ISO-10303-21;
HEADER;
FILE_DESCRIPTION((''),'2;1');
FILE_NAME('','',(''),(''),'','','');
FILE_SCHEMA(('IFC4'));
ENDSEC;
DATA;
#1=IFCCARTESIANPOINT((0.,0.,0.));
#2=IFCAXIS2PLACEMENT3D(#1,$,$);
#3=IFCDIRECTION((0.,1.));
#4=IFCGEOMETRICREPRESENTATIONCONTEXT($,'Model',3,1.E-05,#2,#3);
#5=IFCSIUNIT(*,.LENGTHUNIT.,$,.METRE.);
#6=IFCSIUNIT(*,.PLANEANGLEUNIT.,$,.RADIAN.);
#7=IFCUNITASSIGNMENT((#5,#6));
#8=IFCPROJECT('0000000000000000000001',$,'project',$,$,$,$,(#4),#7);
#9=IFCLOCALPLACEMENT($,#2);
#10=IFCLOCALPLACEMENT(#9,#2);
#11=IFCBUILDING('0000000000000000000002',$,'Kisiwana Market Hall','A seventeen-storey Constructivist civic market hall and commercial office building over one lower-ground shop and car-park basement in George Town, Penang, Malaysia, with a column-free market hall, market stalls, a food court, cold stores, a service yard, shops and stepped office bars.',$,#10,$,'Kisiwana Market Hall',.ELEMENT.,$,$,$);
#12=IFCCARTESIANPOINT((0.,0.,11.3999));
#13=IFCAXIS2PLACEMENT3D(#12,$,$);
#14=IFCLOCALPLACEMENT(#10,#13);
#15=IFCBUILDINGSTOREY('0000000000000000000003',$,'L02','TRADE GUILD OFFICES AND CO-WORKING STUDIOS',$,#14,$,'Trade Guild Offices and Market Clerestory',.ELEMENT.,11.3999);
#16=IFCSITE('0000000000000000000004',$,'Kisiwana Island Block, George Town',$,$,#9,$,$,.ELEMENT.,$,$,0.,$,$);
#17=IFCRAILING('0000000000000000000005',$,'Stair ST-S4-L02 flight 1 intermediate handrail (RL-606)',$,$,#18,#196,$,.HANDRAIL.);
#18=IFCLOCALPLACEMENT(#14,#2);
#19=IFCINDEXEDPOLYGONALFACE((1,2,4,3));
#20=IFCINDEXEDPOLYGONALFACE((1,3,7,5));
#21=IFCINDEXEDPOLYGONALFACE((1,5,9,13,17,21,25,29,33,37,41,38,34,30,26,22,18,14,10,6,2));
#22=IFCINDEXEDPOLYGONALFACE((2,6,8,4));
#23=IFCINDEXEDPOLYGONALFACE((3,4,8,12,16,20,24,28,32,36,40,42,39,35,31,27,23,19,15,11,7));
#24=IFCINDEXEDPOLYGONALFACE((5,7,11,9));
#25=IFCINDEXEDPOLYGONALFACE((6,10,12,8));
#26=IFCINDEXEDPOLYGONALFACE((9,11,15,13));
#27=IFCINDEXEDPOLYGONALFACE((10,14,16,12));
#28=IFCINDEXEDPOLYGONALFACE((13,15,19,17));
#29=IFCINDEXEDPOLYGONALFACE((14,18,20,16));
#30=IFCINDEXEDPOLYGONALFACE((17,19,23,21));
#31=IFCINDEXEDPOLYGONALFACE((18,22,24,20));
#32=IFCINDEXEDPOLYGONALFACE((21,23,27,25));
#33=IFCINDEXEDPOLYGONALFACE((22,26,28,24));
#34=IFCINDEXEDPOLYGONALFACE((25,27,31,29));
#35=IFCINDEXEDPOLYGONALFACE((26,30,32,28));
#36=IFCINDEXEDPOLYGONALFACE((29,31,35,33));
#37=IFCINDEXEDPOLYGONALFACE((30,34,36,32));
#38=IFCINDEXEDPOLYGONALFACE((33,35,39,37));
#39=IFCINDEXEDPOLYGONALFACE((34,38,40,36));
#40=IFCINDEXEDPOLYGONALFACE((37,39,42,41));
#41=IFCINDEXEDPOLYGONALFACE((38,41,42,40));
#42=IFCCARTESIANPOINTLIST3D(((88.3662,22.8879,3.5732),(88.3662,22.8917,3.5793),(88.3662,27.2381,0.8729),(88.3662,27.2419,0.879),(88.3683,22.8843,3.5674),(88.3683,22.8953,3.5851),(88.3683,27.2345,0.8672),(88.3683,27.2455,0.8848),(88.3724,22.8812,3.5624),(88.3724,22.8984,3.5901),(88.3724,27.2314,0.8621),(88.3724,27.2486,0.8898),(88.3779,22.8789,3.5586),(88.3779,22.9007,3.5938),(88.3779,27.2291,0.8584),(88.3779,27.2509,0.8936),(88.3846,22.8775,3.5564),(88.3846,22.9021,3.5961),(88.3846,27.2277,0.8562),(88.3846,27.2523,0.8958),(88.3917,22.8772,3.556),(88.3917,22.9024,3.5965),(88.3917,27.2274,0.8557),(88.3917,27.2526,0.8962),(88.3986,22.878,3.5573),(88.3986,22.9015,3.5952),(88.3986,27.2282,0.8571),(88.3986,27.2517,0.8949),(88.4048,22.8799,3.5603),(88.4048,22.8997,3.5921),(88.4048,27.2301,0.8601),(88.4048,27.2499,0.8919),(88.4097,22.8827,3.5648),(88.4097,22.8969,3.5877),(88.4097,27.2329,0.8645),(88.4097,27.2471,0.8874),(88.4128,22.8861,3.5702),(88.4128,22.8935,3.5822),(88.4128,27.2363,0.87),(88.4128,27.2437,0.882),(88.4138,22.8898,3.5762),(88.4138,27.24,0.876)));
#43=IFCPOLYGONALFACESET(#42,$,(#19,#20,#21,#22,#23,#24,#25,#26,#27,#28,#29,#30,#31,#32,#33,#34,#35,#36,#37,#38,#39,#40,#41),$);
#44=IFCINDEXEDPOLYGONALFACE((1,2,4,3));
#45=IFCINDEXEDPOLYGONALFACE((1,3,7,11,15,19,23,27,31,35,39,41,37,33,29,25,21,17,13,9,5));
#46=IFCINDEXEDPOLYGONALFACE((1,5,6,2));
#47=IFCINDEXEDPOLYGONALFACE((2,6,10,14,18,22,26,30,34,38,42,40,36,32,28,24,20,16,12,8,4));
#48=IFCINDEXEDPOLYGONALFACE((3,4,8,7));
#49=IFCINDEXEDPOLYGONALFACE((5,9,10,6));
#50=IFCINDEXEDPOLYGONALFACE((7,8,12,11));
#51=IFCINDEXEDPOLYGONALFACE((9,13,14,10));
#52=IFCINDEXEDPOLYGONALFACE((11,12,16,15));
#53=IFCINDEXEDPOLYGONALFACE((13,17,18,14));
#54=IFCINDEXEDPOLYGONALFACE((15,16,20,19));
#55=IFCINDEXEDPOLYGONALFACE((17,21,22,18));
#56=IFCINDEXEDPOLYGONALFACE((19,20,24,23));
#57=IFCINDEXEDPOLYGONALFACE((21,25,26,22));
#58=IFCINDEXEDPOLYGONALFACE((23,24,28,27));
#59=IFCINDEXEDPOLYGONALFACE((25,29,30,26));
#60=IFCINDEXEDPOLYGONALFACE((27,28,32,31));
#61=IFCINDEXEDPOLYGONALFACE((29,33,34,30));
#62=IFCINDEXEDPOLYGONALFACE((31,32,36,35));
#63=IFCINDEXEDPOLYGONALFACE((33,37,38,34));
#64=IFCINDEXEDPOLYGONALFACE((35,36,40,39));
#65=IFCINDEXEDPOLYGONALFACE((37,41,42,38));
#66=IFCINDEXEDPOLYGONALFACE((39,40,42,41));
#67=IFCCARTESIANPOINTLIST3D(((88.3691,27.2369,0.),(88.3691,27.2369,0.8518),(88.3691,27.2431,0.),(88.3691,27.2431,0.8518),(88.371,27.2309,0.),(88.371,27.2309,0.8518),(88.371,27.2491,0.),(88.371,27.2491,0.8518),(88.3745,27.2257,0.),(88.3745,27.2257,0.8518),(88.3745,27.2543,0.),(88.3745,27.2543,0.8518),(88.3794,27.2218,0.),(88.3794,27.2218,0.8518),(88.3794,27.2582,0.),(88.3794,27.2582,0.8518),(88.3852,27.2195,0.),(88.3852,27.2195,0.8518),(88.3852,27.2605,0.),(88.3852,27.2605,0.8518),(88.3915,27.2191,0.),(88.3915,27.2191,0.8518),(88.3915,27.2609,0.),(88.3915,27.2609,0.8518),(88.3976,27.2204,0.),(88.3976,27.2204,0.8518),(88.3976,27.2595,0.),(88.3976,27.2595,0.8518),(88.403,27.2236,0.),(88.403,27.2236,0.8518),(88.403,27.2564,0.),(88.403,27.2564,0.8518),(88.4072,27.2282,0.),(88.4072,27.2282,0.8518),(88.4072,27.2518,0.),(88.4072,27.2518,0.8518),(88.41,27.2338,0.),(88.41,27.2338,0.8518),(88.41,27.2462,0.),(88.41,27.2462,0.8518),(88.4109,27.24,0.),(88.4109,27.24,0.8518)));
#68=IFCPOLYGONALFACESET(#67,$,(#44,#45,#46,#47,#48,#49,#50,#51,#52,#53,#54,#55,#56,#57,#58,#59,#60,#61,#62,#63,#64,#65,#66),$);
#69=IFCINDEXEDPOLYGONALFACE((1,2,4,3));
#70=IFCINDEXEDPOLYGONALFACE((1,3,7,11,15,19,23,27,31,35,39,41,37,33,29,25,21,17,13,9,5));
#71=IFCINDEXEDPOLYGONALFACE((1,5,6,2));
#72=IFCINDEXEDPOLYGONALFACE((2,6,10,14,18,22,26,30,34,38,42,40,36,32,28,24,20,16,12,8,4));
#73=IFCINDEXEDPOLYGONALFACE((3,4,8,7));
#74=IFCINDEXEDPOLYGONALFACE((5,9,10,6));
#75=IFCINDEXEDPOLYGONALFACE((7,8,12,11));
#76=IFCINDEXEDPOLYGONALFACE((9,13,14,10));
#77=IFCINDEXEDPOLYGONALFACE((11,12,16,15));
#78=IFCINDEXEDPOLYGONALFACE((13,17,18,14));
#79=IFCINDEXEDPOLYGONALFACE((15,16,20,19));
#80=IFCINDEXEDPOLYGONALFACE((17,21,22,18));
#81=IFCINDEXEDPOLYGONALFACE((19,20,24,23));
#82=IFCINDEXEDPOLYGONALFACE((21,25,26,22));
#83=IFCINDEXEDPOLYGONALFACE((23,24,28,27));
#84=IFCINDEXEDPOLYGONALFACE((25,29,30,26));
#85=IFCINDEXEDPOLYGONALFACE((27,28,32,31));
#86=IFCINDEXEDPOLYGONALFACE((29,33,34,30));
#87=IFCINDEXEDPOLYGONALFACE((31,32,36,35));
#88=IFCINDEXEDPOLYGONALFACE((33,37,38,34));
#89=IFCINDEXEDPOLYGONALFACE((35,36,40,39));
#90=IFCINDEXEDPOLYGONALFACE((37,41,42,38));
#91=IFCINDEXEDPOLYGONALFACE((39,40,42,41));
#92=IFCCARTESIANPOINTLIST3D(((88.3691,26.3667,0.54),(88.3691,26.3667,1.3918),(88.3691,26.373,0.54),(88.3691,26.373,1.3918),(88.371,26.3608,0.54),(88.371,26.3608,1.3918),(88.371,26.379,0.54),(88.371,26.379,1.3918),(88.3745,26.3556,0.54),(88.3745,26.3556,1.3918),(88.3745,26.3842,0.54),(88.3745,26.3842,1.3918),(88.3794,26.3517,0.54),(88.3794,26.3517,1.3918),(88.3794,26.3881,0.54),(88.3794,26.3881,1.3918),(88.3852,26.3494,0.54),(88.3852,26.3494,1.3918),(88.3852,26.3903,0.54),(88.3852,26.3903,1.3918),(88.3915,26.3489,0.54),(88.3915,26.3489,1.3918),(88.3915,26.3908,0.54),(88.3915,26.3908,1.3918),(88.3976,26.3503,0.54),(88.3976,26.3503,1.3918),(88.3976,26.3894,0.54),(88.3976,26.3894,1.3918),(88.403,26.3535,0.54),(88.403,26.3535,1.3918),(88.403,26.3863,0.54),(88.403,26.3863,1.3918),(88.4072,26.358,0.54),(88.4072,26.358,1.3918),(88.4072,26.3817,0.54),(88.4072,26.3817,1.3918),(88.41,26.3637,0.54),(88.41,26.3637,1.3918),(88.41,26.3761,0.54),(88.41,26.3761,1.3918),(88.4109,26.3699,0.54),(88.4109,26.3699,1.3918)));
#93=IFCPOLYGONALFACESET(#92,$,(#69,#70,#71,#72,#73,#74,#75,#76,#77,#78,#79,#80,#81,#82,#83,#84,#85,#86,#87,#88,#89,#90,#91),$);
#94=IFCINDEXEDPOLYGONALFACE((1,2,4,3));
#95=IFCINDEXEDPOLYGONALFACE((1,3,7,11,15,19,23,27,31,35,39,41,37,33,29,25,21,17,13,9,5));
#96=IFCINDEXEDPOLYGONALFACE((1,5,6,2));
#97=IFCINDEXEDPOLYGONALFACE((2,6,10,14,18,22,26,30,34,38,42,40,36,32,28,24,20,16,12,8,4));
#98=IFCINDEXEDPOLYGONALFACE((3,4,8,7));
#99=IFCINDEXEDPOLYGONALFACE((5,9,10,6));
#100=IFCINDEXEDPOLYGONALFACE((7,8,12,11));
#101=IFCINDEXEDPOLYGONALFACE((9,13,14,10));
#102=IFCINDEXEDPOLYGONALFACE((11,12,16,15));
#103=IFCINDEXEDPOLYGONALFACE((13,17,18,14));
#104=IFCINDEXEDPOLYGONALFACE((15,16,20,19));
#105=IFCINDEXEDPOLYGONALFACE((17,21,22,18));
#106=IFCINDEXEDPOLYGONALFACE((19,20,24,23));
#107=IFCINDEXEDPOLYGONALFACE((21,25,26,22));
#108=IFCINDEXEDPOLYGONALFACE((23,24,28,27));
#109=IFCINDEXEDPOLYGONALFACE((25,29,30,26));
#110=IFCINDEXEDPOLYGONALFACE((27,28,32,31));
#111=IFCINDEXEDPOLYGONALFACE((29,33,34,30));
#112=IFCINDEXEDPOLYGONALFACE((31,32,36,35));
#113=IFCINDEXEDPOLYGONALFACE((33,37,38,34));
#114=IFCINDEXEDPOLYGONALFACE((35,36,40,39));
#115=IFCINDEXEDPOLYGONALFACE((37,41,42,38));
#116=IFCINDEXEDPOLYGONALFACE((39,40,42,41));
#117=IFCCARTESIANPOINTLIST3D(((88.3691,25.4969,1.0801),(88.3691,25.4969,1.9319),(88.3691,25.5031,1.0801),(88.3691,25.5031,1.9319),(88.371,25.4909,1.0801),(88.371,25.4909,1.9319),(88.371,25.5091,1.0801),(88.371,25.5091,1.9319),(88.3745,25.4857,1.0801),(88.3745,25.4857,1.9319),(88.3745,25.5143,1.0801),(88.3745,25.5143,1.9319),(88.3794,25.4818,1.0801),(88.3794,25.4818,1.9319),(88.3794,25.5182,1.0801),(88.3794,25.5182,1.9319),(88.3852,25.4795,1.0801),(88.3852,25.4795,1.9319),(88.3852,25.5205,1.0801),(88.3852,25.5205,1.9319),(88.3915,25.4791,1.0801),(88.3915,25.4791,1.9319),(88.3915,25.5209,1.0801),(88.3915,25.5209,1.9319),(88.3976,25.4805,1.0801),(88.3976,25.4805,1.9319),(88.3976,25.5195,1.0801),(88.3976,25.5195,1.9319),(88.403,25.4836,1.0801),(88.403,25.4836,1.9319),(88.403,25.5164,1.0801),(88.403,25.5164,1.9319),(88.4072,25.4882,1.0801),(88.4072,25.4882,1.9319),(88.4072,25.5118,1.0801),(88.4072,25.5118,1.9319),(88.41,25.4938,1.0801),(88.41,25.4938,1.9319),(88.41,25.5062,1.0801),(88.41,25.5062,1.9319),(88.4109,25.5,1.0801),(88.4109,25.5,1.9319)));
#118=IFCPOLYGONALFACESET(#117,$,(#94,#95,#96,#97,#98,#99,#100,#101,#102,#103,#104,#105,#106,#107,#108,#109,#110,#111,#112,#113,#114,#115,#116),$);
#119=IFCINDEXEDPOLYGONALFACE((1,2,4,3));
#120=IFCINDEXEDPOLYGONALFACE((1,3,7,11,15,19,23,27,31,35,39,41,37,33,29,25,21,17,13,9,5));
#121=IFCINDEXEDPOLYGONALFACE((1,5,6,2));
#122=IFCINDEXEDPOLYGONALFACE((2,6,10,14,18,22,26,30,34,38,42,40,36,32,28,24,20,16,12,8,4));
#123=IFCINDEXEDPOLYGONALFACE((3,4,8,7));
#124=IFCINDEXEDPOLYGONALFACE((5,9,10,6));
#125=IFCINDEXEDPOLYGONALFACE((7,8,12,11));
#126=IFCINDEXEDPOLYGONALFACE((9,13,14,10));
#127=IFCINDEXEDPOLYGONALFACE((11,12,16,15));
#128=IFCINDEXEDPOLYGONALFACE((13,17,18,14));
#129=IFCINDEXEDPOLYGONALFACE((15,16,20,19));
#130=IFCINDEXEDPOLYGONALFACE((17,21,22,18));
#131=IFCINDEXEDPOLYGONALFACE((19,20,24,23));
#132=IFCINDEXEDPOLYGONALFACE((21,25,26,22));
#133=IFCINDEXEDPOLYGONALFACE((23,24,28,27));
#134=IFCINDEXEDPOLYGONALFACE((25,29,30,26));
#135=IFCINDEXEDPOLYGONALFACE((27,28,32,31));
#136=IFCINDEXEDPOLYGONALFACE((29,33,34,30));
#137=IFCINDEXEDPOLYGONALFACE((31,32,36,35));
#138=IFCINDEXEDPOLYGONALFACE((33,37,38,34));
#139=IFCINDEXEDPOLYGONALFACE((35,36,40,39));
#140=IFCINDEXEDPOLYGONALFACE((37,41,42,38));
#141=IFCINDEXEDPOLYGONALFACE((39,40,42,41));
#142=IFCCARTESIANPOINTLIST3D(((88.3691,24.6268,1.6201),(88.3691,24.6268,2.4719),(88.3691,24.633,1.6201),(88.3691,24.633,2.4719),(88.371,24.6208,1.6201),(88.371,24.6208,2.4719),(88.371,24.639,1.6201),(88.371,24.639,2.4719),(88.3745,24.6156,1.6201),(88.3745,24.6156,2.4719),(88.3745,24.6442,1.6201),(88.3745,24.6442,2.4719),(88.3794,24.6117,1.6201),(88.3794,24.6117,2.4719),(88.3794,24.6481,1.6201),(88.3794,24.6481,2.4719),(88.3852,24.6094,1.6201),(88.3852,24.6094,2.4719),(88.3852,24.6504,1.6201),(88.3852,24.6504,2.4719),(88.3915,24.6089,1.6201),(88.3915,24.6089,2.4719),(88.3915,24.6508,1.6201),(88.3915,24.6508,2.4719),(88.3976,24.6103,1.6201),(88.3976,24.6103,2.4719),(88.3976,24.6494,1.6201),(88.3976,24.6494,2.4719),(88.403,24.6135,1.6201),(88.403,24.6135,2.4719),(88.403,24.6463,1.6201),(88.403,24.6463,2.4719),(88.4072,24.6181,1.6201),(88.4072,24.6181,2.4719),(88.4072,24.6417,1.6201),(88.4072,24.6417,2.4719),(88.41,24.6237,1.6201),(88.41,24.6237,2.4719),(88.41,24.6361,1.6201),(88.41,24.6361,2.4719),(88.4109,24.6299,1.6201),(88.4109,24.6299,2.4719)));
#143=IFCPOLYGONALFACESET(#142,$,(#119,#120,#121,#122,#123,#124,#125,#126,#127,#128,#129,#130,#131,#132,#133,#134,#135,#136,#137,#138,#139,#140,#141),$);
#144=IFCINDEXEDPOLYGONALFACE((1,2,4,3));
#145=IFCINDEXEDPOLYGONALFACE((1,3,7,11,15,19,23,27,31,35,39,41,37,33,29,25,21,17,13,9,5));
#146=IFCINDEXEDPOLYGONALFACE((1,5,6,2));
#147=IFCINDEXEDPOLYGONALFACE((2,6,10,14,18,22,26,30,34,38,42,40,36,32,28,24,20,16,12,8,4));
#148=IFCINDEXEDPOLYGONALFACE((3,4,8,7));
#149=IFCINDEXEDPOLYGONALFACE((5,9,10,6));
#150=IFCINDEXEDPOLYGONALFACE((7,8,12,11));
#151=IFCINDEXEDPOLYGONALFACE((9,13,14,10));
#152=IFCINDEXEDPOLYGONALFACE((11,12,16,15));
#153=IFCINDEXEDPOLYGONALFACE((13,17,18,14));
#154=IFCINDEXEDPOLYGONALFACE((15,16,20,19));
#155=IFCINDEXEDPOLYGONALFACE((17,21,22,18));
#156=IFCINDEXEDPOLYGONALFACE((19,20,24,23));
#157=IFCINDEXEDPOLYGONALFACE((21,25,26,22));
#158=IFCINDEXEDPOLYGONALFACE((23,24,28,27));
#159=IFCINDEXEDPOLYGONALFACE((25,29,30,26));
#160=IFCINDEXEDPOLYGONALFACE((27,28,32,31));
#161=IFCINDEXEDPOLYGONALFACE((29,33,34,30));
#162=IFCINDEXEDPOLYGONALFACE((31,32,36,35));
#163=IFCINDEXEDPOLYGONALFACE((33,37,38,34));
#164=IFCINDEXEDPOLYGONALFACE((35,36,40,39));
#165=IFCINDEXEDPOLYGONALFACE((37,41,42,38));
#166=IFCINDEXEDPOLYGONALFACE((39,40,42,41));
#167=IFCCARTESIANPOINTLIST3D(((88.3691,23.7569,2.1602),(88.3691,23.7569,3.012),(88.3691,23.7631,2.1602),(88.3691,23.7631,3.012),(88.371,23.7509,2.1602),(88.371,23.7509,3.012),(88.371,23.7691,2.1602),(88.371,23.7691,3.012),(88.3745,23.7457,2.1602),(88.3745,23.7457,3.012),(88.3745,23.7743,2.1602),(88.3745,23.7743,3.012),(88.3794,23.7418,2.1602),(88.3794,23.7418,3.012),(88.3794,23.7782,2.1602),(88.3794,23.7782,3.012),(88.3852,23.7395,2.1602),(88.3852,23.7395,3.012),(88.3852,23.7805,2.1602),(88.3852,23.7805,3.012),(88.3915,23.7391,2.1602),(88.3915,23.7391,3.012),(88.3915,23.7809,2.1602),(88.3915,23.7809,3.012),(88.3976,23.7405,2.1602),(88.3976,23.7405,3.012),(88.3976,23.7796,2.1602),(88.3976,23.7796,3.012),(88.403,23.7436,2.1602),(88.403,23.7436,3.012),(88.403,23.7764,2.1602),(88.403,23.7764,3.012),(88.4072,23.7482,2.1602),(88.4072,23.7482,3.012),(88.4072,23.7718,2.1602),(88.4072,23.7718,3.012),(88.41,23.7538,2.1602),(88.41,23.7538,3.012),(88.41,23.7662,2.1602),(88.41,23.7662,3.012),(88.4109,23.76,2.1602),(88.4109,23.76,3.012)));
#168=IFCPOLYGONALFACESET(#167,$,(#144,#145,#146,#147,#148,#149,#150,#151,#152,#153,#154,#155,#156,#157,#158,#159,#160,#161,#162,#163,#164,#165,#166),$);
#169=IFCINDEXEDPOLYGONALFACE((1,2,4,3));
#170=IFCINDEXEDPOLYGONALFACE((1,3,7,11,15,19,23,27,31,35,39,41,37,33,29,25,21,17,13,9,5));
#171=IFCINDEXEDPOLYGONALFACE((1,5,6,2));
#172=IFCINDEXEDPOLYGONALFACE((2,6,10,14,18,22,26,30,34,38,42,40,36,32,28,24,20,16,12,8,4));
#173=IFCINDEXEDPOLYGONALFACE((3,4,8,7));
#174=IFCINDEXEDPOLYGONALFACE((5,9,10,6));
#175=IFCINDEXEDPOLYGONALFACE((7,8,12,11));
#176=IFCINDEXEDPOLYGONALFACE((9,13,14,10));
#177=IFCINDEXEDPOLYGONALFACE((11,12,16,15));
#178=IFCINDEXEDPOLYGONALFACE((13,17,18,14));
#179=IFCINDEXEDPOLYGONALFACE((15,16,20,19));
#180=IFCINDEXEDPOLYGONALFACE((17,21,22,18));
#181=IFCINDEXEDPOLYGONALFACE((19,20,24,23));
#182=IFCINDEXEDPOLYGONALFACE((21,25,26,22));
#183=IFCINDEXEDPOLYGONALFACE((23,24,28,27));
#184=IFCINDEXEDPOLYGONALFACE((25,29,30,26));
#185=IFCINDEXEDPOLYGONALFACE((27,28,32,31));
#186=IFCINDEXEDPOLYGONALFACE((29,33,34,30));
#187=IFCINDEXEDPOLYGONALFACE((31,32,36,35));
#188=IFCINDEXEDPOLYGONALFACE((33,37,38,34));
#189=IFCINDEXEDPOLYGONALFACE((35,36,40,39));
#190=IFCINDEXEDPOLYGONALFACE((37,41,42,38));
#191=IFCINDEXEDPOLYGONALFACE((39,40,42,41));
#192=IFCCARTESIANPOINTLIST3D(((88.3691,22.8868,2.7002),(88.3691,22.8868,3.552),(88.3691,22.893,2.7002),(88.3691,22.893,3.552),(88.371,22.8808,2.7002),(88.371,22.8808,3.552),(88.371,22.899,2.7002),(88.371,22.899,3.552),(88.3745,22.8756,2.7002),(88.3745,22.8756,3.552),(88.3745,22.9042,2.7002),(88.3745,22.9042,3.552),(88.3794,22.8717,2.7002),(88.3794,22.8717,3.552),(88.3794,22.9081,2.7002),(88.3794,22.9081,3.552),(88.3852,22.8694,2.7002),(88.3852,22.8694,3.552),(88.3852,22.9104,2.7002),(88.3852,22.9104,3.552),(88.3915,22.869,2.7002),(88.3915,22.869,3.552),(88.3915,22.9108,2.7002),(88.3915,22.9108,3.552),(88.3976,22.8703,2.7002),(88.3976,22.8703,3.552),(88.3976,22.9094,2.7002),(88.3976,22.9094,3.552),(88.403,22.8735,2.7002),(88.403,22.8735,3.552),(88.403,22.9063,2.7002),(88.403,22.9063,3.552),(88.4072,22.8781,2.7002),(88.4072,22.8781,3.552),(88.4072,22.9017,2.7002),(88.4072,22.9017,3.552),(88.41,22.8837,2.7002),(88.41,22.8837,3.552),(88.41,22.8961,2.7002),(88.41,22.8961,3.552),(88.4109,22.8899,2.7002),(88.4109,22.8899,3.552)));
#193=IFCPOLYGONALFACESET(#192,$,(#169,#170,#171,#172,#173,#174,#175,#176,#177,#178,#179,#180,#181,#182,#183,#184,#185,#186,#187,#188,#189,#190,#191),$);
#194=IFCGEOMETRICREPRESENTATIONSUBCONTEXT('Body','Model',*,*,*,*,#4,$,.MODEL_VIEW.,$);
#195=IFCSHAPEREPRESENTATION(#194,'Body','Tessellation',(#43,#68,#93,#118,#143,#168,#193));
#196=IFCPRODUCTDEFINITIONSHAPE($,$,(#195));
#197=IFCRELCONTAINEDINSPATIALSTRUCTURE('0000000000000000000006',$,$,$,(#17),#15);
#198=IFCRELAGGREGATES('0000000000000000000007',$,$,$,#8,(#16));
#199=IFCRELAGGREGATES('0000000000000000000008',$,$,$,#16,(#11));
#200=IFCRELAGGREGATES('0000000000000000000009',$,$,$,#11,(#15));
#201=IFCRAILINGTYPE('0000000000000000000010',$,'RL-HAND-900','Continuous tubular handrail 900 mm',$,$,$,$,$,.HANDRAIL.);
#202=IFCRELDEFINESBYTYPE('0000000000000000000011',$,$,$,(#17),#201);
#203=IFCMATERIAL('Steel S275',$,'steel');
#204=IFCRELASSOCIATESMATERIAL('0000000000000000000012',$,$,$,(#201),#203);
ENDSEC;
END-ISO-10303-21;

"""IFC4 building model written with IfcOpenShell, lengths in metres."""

from ifc_helpers import new_model, si_unit, direction, frame, origin, origin_2d, place, context, subcontext, project, spatial, circle, extrude, material, type_object, element, save


model = new_model("IFC4")

# Units and contexts
model_context = context("Model", 3, precision=1e-05, world=origin(), true_north=direction((0.0, 1.0)))
body_context = subcontext(model_context, "Body", "Model", "MODEL_VIEW")
ifc_project = project(units=[si_unit("LENGTHUNIT", "METRE"), si_unit("PLANEANGLEUNIT", "RADIAN")], contexts=[model_context])

# Site, building, storey
site_placement = place(None, origin())
site = spatial("IfcSite", under=ifc_project, at=site_placement, Name="Kisiwana Island Block, George Town", CompositionType="ELEMENT", RefElevation=0.0)
building_placement = place(site_placement, origin())
building = spatial("IfcBuilding", under=site, at=building_placement, Name="Kisiwana Market Hall", Description="A seventeen-storey Constructivist civic market hall and commercial office building over one lower-ground shop and car-park basement in George Town, Penang, Malaysia, with a column-free market hall, market stalls, a food court, cold stores, a service yard, shops and stepped office bars.", LongName="Kisiwana Market Hall", CompositionType="ELEMENT")
storey_placement = place(building_placement, frame((0.0, 0.0, 11.3999)))
storey = spatial("IfcBuildingStorey", under=building, at=storey_placement, Name="L02", Description="TRADE GUILD OFFICES AND CO-WORKING STUDIOS", LongName="Trade Guild Offices and Market Clerestory", CompositionType="ELEMENT", Elevation=11.3999)

# Railing
ifc_material_1 = material(Name="Steel S275", Category="steel")
railing_type_1 = type_object("IfcRailingType", Name="RL-HAND-900", Description="Continuous tubular handrail 900 mm", PredefinedType="HANDRAIL", material=ifc_material_1)
for number, where, name in (
    (1, (88.3899, 27.24, 0.0), "Stair ST-S4-L02 flight 1 intermediate handrail (RL-606)"),
):
    element("IfcRailing", number, at=place(storey_placement, frame(where)), inside=storey, type_object=railing_type_1, Name=name, PredefinedType="HANDRAIL", context=body_context, shape_type="SweptSolid", body=[
        extrude(circle(Radius=0.0239, at=origin_2d()), frame((0.0, 0.0, 0.876), z_axis=(0.0, -0.849628, 0.527382), x_axis=(1.0, 0.0, 0.0)), (0.0, 0.0, 1.0), 5.1201),
        extrude(circle(Radius=0.021, at=origin_2d()), origin(), (0.0, 0.0, 1.0), 0.8518),
        extrude(circle(Radius=0.021, at=origin_2d()), frame((0.0, -0.8701, 0.54)), (0.0, 0.0, 1.0), 0.8518),
        extrude(circle(Radius=0.021, at=origin_2d()), frame((0.0, -1.74, 1.0801)), (0.0, 0.0, 1.0), 0.8518),
        extrude(circle(Radius=0.021, at=origin_2d()), frame((0.0, -2.6101, 1.6201)), (0.0, 0.0, 1.0), 0.8518),
        extrude(circle(Radius=0.021, at=origin_2d()), frame((0.0, -3.48, 2.1602)), (0.0, 0.0, 1.0), 0.8518),
        extrude(circle(Radius=0.021, at=origin_2d()), frame((0.0, -4.3501, 2.7002)), (0.0, 0.0, 1.0), 0.8518),
    ])

save(model, "model.ifc")
